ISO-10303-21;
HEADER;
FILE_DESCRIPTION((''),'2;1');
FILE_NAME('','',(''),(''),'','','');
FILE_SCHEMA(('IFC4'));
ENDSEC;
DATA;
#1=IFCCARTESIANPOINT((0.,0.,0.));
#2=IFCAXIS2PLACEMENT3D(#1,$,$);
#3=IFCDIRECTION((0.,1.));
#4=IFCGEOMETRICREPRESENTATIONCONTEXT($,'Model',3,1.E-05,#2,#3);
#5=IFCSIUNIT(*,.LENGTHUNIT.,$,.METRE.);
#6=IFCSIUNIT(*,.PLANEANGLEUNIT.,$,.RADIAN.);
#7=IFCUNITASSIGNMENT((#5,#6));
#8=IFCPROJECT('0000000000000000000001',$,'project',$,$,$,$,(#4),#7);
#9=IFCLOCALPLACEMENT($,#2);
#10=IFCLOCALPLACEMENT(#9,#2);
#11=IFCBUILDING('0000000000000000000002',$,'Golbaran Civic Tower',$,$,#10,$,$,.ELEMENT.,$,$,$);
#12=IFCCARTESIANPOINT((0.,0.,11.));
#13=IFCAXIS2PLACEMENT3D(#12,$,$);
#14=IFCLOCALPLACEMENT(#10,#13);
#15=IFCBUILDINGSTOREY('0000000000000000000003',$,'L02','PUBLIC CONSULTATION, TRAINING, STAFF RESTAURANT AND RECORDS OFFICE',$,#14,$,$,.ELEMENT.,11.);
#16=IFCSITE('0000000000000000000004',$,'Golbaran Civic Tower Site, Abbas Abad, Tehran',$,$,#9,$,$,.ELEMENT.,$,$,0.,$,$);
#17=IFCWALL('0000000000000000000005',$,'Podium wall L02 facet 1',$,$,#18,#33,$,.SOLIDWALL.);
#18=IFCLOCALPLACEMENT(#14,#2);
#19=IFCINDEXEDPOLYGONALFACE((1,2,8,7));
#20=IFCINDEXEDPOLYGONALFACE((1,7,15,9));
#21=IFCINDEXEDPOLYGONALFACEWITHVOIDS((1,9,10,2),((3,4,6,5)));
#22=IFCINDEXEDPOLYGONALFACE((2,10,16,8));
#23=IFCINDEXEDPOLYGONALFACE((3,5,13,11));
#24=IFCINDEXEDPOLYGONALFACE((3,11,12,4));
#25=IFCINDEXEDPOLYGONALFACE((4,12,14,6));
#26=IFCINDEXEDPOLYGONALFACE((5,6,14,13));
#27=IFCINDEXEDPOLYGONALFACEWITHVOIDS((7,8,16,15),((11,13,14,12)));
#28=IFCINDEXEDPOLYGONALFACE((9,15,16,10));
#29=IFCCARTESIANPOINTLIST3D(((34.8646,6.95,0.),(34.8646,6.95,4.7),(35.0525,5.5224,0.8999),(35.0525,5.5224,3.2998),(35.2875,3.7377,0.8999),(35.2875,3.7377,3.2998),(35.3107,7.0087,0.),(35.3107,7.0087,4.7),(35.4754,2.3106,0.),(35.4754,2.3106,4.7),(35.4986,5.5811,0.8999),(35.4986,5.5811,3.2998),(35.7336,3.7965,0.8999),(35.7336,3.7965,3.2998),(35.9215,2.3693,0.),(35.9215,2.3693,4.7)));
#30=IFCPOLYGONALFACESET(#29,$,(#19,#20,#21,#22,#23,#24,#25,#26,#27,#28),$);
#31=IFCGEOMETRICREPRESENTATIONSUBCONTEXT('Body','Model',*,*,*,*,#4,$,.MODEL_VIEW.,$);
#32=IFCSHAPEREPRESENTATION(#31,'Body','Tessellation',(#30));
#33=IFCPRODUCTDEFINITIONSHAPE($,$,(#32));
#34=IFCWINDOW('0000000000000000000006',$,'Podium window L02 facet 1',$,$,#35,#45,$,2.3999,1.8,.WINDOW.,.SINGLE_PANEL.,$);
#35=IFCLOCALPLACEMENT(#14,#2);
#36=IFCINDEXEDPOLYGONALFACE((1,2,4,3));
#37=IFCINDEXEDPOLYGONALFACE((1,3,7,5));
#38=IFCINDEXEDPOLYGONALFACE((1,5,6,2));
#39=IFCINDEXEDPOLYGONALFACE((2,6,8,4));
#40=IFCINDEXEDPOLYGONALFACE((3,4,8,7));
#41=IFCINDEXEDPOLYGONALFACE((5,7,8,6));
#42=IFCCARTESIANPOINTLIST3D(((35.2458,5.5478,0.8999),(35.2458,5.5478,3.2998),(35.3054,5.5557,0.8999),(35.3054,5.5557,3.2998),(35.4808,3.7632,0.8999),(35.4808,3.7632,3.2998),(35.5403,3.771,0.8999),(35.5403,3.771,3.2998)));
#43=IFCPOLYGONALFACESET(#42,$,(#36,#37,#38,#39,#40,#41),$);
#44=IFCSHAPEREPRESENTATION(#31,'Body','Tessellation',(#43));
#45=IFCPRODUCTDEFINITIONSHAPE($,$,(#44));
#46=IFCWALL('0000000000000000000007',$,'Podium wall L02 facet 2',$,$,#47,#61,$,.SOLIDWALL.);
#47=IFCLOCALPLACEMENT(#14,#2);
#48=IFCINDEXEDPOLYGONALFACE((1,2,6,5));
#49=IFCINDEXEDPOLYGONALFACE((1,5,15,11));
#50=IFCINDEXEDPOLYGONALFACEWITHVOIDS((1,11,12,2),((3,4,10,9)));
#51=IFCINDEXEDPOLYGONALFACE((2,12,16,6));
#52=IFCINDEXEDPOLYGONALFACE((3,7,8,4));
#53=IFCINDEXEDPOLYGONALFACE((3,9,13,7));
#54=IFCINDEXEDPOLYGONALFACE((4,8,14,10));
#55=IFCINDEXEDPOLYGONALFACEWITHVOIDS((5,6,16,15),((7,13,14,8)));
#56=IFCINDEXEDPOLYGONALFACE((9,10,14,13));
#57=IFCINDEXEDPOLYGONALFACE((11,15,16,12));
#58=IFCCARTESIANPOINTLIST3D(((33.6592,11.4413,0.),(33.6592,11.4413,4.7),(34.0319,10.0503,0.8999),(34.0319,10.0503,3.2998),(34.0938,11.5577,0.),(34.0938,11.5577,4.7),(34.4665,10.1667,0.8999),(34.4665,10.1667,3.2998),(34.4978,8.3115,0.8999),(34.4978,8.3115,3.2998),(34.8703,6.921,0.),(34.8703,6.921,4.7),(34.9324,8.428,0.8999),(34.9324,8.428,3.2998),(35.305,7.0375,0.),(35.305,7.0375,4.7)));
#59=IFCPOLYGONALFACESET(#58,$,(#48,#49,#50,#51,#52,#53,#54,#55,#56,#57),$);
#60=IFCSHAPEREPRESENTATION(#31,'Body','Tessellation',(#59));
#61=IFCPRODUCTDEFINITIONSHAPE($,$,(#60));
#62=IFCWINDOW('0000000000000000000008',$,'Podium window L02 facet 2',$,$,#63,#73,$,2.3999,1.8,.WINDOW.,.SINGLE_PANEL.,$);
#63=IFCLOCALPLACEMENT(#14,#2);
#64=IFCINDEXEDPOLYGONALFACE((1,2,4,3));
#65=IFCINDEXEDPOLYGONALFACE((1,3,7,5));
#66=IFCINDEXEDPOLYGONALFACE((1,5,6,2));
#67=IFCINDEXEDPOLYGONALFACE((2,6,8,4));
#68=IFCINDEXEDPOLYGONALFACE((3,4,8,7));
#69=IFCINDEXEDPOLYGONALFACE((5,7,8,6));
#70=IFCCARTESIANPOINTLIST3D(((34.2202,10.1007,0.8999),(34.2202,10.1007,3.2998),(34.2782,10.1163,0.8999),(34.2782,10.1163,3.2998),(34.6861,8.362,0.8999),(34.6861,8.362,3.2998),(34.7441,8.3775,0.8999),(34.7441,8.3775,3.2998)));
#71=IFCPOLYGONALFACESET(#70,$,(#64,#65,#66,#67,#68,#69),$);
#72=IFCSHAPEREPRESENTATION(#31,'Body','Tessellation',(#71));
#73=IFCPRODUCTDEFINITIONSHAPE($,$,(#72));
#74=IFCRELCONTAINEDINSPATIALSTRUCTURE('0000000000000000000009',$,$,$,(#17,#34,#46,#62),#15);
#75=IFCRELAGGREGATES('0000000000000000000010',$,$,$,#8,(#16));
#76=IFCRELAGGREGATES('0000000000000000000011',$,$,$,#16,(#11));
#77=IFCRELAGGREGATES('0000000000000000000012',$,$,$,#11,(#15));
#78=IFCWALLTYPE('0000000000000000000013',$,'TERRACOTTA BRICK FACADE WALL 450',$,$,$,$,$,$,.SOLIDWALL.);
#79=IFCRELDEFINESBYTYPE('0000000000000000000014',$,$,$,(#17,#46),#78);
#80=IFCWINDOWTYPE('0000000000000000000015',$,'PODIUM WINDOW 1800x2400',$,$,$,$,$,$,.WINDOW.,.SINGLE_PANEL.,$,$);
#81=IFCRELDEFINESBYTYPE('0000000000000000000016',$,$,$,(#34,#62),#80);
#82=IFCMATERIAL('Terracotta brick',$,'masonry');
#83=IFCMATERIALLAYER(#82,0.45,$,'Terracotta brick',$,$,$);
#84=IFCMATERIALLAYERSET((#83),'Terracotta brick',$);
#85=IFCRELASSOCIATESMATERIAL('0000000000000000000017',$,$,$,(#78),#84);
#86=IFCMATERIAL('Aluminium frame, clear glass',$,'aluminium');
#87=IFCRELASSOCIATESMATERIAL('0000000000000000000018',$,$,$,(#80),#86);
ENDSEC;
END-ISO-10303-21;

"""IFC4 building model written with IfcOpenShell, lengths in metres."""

from ifc_helpers import new_model, si_unit, direction, frame, frame_2d, origin, place, context, subcontext, project, spatial, rectangle, extrude, material, layer, layer_set, type_object, element, fill, save


model = new_model("IFC4")

# Units and contexts
model_context = context("Model", 3, precision=1e-05, world=origin(), true_north=direction((0.0, 1.0)))
body_context = subcontext(model_context, "Body", "Model", "MODEL_VIEW")
ifc_project = project(units=[si_unit("LENGTHUNIT", "METRE"), si_unit("PLANEANGLEUNIT", "RADIAN")], contexts=[model_context])

# Site, building, storey
site_placement = place(None, origin())
site = spatial("IfcSite", under=ifc_project, at=site_placement, Name="Golbaran Civic Tower Site, Abbas Abad, Tehran", CompositionType="ELEMENT", RefElevation=0.0)
building_placement = place(site_placement, origin())
building = spatial("IfcBuilding", under=site, at=building_placement, Name="Golbaran Civic Tower", CompositionType="ELEMENT")
storey_placement = place(building_placement, frame((0.0, 0.0, 11.0)))
storey = spatial("IfcBuildingStorey", under=building, at=storey_placement, Name="L02", Description="PUBLIC CONSULTATION, TRAINING, STAFF RESTAURANT AND RECORDS OFFICE", CompositionType="ELEMENT", Elevation=11.0)

# Walls, openings, windows
ifc_material_1 = material(Name="Terracotta brick", Category="masonry")
ifc_layer_1 = layer(ifc_material_1, 0.45, Name="Terracotta brick")
ifc_layer_set_1 = layer_set([ifc_layer_1], Name="Terracotta brick")
wall_type_1 = type_object("IfcWallType", Name="TERRACOTTA BRICK FACADE WALL 450", PredefinedType="SOLIDWALL", material=ifc_layer_set_1)
wall_1_placement = place(storey_placement, frame((35.6985, 2.3398, 0.0), z_axis=(0.0, 0.0, 1.0), x_axis=(-0.130537, 0.991443, 0.0)))
wall_1 = element("IfcWall", 1, at=wall_1_placement, inside=storey, type_object=wall_type_1, Name="Podium wall L02 facet 1", PredefinedType="SOLIDWALL", context=body_context, shape_type="SweptSolid", body=[
    extrude(rectangle(XDim=4.6794, YDim=0.45, at=frame_2d((2.3398, 0.0))), origin(), (0.0, 0.0, 1.0), 4.7),
])
opening_1_placement = place(wall_1_placement, frame((1.4397, 0.0, 0.8999)))
opening_1 = element("IfcOpeningElement", 2, at=opening_1_placement, cuts=wall_1, PredefinedType="OPENING", context=body_context, shape_type="SweptSolid", body=[
    extrude(rectangle(XDim=1.8, YDim=2.3999, at=frame_2d((0.8999, 1.2))), frame((0.0, 0.2349, 0.0), z_axis=(0.0, -1.0, 0.0), x_axis=(1.0, 0.0, 0.0)), (0.0, 0.0, 1.0), 0.47),
])
ifc_material_2 = material(Name="Aluminium frame, clear glass", Category="aluminium")
window_type = type_object("IfcWindowType", Name="PODIUM WINDOW 1800x2400", PartitioningType="SINGLE_PANEL", PredefinedType="WINDOW", material=ifc_material_2)
window_1_placement = place(opening_1_placement, origin())
window_1 = element("IfcWindow", 3, at=window_1_placement, inside=storey, type_object=window_type, Name="Podium window L02 facet 1", OverallHeight=2.3999, OverallWidth=1.8, PartitioningType="SINGLE_PANEL", PredefinedType="WINDOW", context=body_context, shape_type="SweptSolid", body=[
    extrude(rectangle(XDim=1.8, YDim=2.3999, at=frame_2d((0.8999, 1.2))), frame((0.0, 0.03, 0.0), z_axis=(0.0, -1.0, 0.0), x_axis=(1.0, 0.0, 0.0)), (0.0, 0.0, 1.0), 0.0601),
])
fill(opening_1, window_1)
wall_2_placement = place(storey_placement, frame((35.0876, 6.9792, 0.0), z_axis=(0.0, 0.0, 1.0), x_axis=(-0.258815, 0.965927, 0.0)))
wall_2 = element("IfcWall", 4, at=wall_2_placement, inside=storey, type_object=wall_type_1, Name="Podium wall L02 facet 2", PredefinedType="SOLIDWALL", context=body_context, shape_type="SweptSolid", body=[
    extrude(rectangle(XDim=4.6797, YDim=0.45, at=frame_2d((2.3398, 0.0))), origin(), (0.0, 0.0, 1.0), 4.7),
])
opening_2_placement = place(wall_2_placement, frame((1.4397, 0.0, 0.8999)))
opening_2 = element("IfcOpeningElement", 5, at=opening_2_placement, cuts=wall_2, PredefinedType="OPENING", context=body_context, shape_type="SweptSolid", body=[
    extrude(rectangle(XDim=1.8, YDim=2.3999, at=frame_2d((0.8999, 1.2))), frame((0.0, 0.2349, 0.0), z_axis=(0.0, -1.0, 0.0), x_axis=(1.0, 0.0, 0.0)), (0.0, 0.0, 1.0), 0.47),
])
window_2_placement = place(opening_2_placement, origin())
window_2 = element("IfcWindow", 6, at=window_2_placement, inside=storey, type_object=window_type, Name="Podium window L02 facet 2", OverallHeight=2.3999, OverallWidth=1.8, PartitioningType="SINGLE_PANEL", PredefinedType="WINDOW", context=body_context, shape_type="SweptSolid", body=[
    extrude(rectangle(XDim=1.8, YDim=2.3999, at=frame_2d((0.8999, 1.2))), frame((0.0, 0.03, 0.0), z_axis=(0.0, -1.0, 0.0), x_axis=(1.0, 0.0, 0.0)), (0.0, 0.0, 1.0), 0.0601),
])
fill(opening_2, window_2)

save(model, "model.ifc")
